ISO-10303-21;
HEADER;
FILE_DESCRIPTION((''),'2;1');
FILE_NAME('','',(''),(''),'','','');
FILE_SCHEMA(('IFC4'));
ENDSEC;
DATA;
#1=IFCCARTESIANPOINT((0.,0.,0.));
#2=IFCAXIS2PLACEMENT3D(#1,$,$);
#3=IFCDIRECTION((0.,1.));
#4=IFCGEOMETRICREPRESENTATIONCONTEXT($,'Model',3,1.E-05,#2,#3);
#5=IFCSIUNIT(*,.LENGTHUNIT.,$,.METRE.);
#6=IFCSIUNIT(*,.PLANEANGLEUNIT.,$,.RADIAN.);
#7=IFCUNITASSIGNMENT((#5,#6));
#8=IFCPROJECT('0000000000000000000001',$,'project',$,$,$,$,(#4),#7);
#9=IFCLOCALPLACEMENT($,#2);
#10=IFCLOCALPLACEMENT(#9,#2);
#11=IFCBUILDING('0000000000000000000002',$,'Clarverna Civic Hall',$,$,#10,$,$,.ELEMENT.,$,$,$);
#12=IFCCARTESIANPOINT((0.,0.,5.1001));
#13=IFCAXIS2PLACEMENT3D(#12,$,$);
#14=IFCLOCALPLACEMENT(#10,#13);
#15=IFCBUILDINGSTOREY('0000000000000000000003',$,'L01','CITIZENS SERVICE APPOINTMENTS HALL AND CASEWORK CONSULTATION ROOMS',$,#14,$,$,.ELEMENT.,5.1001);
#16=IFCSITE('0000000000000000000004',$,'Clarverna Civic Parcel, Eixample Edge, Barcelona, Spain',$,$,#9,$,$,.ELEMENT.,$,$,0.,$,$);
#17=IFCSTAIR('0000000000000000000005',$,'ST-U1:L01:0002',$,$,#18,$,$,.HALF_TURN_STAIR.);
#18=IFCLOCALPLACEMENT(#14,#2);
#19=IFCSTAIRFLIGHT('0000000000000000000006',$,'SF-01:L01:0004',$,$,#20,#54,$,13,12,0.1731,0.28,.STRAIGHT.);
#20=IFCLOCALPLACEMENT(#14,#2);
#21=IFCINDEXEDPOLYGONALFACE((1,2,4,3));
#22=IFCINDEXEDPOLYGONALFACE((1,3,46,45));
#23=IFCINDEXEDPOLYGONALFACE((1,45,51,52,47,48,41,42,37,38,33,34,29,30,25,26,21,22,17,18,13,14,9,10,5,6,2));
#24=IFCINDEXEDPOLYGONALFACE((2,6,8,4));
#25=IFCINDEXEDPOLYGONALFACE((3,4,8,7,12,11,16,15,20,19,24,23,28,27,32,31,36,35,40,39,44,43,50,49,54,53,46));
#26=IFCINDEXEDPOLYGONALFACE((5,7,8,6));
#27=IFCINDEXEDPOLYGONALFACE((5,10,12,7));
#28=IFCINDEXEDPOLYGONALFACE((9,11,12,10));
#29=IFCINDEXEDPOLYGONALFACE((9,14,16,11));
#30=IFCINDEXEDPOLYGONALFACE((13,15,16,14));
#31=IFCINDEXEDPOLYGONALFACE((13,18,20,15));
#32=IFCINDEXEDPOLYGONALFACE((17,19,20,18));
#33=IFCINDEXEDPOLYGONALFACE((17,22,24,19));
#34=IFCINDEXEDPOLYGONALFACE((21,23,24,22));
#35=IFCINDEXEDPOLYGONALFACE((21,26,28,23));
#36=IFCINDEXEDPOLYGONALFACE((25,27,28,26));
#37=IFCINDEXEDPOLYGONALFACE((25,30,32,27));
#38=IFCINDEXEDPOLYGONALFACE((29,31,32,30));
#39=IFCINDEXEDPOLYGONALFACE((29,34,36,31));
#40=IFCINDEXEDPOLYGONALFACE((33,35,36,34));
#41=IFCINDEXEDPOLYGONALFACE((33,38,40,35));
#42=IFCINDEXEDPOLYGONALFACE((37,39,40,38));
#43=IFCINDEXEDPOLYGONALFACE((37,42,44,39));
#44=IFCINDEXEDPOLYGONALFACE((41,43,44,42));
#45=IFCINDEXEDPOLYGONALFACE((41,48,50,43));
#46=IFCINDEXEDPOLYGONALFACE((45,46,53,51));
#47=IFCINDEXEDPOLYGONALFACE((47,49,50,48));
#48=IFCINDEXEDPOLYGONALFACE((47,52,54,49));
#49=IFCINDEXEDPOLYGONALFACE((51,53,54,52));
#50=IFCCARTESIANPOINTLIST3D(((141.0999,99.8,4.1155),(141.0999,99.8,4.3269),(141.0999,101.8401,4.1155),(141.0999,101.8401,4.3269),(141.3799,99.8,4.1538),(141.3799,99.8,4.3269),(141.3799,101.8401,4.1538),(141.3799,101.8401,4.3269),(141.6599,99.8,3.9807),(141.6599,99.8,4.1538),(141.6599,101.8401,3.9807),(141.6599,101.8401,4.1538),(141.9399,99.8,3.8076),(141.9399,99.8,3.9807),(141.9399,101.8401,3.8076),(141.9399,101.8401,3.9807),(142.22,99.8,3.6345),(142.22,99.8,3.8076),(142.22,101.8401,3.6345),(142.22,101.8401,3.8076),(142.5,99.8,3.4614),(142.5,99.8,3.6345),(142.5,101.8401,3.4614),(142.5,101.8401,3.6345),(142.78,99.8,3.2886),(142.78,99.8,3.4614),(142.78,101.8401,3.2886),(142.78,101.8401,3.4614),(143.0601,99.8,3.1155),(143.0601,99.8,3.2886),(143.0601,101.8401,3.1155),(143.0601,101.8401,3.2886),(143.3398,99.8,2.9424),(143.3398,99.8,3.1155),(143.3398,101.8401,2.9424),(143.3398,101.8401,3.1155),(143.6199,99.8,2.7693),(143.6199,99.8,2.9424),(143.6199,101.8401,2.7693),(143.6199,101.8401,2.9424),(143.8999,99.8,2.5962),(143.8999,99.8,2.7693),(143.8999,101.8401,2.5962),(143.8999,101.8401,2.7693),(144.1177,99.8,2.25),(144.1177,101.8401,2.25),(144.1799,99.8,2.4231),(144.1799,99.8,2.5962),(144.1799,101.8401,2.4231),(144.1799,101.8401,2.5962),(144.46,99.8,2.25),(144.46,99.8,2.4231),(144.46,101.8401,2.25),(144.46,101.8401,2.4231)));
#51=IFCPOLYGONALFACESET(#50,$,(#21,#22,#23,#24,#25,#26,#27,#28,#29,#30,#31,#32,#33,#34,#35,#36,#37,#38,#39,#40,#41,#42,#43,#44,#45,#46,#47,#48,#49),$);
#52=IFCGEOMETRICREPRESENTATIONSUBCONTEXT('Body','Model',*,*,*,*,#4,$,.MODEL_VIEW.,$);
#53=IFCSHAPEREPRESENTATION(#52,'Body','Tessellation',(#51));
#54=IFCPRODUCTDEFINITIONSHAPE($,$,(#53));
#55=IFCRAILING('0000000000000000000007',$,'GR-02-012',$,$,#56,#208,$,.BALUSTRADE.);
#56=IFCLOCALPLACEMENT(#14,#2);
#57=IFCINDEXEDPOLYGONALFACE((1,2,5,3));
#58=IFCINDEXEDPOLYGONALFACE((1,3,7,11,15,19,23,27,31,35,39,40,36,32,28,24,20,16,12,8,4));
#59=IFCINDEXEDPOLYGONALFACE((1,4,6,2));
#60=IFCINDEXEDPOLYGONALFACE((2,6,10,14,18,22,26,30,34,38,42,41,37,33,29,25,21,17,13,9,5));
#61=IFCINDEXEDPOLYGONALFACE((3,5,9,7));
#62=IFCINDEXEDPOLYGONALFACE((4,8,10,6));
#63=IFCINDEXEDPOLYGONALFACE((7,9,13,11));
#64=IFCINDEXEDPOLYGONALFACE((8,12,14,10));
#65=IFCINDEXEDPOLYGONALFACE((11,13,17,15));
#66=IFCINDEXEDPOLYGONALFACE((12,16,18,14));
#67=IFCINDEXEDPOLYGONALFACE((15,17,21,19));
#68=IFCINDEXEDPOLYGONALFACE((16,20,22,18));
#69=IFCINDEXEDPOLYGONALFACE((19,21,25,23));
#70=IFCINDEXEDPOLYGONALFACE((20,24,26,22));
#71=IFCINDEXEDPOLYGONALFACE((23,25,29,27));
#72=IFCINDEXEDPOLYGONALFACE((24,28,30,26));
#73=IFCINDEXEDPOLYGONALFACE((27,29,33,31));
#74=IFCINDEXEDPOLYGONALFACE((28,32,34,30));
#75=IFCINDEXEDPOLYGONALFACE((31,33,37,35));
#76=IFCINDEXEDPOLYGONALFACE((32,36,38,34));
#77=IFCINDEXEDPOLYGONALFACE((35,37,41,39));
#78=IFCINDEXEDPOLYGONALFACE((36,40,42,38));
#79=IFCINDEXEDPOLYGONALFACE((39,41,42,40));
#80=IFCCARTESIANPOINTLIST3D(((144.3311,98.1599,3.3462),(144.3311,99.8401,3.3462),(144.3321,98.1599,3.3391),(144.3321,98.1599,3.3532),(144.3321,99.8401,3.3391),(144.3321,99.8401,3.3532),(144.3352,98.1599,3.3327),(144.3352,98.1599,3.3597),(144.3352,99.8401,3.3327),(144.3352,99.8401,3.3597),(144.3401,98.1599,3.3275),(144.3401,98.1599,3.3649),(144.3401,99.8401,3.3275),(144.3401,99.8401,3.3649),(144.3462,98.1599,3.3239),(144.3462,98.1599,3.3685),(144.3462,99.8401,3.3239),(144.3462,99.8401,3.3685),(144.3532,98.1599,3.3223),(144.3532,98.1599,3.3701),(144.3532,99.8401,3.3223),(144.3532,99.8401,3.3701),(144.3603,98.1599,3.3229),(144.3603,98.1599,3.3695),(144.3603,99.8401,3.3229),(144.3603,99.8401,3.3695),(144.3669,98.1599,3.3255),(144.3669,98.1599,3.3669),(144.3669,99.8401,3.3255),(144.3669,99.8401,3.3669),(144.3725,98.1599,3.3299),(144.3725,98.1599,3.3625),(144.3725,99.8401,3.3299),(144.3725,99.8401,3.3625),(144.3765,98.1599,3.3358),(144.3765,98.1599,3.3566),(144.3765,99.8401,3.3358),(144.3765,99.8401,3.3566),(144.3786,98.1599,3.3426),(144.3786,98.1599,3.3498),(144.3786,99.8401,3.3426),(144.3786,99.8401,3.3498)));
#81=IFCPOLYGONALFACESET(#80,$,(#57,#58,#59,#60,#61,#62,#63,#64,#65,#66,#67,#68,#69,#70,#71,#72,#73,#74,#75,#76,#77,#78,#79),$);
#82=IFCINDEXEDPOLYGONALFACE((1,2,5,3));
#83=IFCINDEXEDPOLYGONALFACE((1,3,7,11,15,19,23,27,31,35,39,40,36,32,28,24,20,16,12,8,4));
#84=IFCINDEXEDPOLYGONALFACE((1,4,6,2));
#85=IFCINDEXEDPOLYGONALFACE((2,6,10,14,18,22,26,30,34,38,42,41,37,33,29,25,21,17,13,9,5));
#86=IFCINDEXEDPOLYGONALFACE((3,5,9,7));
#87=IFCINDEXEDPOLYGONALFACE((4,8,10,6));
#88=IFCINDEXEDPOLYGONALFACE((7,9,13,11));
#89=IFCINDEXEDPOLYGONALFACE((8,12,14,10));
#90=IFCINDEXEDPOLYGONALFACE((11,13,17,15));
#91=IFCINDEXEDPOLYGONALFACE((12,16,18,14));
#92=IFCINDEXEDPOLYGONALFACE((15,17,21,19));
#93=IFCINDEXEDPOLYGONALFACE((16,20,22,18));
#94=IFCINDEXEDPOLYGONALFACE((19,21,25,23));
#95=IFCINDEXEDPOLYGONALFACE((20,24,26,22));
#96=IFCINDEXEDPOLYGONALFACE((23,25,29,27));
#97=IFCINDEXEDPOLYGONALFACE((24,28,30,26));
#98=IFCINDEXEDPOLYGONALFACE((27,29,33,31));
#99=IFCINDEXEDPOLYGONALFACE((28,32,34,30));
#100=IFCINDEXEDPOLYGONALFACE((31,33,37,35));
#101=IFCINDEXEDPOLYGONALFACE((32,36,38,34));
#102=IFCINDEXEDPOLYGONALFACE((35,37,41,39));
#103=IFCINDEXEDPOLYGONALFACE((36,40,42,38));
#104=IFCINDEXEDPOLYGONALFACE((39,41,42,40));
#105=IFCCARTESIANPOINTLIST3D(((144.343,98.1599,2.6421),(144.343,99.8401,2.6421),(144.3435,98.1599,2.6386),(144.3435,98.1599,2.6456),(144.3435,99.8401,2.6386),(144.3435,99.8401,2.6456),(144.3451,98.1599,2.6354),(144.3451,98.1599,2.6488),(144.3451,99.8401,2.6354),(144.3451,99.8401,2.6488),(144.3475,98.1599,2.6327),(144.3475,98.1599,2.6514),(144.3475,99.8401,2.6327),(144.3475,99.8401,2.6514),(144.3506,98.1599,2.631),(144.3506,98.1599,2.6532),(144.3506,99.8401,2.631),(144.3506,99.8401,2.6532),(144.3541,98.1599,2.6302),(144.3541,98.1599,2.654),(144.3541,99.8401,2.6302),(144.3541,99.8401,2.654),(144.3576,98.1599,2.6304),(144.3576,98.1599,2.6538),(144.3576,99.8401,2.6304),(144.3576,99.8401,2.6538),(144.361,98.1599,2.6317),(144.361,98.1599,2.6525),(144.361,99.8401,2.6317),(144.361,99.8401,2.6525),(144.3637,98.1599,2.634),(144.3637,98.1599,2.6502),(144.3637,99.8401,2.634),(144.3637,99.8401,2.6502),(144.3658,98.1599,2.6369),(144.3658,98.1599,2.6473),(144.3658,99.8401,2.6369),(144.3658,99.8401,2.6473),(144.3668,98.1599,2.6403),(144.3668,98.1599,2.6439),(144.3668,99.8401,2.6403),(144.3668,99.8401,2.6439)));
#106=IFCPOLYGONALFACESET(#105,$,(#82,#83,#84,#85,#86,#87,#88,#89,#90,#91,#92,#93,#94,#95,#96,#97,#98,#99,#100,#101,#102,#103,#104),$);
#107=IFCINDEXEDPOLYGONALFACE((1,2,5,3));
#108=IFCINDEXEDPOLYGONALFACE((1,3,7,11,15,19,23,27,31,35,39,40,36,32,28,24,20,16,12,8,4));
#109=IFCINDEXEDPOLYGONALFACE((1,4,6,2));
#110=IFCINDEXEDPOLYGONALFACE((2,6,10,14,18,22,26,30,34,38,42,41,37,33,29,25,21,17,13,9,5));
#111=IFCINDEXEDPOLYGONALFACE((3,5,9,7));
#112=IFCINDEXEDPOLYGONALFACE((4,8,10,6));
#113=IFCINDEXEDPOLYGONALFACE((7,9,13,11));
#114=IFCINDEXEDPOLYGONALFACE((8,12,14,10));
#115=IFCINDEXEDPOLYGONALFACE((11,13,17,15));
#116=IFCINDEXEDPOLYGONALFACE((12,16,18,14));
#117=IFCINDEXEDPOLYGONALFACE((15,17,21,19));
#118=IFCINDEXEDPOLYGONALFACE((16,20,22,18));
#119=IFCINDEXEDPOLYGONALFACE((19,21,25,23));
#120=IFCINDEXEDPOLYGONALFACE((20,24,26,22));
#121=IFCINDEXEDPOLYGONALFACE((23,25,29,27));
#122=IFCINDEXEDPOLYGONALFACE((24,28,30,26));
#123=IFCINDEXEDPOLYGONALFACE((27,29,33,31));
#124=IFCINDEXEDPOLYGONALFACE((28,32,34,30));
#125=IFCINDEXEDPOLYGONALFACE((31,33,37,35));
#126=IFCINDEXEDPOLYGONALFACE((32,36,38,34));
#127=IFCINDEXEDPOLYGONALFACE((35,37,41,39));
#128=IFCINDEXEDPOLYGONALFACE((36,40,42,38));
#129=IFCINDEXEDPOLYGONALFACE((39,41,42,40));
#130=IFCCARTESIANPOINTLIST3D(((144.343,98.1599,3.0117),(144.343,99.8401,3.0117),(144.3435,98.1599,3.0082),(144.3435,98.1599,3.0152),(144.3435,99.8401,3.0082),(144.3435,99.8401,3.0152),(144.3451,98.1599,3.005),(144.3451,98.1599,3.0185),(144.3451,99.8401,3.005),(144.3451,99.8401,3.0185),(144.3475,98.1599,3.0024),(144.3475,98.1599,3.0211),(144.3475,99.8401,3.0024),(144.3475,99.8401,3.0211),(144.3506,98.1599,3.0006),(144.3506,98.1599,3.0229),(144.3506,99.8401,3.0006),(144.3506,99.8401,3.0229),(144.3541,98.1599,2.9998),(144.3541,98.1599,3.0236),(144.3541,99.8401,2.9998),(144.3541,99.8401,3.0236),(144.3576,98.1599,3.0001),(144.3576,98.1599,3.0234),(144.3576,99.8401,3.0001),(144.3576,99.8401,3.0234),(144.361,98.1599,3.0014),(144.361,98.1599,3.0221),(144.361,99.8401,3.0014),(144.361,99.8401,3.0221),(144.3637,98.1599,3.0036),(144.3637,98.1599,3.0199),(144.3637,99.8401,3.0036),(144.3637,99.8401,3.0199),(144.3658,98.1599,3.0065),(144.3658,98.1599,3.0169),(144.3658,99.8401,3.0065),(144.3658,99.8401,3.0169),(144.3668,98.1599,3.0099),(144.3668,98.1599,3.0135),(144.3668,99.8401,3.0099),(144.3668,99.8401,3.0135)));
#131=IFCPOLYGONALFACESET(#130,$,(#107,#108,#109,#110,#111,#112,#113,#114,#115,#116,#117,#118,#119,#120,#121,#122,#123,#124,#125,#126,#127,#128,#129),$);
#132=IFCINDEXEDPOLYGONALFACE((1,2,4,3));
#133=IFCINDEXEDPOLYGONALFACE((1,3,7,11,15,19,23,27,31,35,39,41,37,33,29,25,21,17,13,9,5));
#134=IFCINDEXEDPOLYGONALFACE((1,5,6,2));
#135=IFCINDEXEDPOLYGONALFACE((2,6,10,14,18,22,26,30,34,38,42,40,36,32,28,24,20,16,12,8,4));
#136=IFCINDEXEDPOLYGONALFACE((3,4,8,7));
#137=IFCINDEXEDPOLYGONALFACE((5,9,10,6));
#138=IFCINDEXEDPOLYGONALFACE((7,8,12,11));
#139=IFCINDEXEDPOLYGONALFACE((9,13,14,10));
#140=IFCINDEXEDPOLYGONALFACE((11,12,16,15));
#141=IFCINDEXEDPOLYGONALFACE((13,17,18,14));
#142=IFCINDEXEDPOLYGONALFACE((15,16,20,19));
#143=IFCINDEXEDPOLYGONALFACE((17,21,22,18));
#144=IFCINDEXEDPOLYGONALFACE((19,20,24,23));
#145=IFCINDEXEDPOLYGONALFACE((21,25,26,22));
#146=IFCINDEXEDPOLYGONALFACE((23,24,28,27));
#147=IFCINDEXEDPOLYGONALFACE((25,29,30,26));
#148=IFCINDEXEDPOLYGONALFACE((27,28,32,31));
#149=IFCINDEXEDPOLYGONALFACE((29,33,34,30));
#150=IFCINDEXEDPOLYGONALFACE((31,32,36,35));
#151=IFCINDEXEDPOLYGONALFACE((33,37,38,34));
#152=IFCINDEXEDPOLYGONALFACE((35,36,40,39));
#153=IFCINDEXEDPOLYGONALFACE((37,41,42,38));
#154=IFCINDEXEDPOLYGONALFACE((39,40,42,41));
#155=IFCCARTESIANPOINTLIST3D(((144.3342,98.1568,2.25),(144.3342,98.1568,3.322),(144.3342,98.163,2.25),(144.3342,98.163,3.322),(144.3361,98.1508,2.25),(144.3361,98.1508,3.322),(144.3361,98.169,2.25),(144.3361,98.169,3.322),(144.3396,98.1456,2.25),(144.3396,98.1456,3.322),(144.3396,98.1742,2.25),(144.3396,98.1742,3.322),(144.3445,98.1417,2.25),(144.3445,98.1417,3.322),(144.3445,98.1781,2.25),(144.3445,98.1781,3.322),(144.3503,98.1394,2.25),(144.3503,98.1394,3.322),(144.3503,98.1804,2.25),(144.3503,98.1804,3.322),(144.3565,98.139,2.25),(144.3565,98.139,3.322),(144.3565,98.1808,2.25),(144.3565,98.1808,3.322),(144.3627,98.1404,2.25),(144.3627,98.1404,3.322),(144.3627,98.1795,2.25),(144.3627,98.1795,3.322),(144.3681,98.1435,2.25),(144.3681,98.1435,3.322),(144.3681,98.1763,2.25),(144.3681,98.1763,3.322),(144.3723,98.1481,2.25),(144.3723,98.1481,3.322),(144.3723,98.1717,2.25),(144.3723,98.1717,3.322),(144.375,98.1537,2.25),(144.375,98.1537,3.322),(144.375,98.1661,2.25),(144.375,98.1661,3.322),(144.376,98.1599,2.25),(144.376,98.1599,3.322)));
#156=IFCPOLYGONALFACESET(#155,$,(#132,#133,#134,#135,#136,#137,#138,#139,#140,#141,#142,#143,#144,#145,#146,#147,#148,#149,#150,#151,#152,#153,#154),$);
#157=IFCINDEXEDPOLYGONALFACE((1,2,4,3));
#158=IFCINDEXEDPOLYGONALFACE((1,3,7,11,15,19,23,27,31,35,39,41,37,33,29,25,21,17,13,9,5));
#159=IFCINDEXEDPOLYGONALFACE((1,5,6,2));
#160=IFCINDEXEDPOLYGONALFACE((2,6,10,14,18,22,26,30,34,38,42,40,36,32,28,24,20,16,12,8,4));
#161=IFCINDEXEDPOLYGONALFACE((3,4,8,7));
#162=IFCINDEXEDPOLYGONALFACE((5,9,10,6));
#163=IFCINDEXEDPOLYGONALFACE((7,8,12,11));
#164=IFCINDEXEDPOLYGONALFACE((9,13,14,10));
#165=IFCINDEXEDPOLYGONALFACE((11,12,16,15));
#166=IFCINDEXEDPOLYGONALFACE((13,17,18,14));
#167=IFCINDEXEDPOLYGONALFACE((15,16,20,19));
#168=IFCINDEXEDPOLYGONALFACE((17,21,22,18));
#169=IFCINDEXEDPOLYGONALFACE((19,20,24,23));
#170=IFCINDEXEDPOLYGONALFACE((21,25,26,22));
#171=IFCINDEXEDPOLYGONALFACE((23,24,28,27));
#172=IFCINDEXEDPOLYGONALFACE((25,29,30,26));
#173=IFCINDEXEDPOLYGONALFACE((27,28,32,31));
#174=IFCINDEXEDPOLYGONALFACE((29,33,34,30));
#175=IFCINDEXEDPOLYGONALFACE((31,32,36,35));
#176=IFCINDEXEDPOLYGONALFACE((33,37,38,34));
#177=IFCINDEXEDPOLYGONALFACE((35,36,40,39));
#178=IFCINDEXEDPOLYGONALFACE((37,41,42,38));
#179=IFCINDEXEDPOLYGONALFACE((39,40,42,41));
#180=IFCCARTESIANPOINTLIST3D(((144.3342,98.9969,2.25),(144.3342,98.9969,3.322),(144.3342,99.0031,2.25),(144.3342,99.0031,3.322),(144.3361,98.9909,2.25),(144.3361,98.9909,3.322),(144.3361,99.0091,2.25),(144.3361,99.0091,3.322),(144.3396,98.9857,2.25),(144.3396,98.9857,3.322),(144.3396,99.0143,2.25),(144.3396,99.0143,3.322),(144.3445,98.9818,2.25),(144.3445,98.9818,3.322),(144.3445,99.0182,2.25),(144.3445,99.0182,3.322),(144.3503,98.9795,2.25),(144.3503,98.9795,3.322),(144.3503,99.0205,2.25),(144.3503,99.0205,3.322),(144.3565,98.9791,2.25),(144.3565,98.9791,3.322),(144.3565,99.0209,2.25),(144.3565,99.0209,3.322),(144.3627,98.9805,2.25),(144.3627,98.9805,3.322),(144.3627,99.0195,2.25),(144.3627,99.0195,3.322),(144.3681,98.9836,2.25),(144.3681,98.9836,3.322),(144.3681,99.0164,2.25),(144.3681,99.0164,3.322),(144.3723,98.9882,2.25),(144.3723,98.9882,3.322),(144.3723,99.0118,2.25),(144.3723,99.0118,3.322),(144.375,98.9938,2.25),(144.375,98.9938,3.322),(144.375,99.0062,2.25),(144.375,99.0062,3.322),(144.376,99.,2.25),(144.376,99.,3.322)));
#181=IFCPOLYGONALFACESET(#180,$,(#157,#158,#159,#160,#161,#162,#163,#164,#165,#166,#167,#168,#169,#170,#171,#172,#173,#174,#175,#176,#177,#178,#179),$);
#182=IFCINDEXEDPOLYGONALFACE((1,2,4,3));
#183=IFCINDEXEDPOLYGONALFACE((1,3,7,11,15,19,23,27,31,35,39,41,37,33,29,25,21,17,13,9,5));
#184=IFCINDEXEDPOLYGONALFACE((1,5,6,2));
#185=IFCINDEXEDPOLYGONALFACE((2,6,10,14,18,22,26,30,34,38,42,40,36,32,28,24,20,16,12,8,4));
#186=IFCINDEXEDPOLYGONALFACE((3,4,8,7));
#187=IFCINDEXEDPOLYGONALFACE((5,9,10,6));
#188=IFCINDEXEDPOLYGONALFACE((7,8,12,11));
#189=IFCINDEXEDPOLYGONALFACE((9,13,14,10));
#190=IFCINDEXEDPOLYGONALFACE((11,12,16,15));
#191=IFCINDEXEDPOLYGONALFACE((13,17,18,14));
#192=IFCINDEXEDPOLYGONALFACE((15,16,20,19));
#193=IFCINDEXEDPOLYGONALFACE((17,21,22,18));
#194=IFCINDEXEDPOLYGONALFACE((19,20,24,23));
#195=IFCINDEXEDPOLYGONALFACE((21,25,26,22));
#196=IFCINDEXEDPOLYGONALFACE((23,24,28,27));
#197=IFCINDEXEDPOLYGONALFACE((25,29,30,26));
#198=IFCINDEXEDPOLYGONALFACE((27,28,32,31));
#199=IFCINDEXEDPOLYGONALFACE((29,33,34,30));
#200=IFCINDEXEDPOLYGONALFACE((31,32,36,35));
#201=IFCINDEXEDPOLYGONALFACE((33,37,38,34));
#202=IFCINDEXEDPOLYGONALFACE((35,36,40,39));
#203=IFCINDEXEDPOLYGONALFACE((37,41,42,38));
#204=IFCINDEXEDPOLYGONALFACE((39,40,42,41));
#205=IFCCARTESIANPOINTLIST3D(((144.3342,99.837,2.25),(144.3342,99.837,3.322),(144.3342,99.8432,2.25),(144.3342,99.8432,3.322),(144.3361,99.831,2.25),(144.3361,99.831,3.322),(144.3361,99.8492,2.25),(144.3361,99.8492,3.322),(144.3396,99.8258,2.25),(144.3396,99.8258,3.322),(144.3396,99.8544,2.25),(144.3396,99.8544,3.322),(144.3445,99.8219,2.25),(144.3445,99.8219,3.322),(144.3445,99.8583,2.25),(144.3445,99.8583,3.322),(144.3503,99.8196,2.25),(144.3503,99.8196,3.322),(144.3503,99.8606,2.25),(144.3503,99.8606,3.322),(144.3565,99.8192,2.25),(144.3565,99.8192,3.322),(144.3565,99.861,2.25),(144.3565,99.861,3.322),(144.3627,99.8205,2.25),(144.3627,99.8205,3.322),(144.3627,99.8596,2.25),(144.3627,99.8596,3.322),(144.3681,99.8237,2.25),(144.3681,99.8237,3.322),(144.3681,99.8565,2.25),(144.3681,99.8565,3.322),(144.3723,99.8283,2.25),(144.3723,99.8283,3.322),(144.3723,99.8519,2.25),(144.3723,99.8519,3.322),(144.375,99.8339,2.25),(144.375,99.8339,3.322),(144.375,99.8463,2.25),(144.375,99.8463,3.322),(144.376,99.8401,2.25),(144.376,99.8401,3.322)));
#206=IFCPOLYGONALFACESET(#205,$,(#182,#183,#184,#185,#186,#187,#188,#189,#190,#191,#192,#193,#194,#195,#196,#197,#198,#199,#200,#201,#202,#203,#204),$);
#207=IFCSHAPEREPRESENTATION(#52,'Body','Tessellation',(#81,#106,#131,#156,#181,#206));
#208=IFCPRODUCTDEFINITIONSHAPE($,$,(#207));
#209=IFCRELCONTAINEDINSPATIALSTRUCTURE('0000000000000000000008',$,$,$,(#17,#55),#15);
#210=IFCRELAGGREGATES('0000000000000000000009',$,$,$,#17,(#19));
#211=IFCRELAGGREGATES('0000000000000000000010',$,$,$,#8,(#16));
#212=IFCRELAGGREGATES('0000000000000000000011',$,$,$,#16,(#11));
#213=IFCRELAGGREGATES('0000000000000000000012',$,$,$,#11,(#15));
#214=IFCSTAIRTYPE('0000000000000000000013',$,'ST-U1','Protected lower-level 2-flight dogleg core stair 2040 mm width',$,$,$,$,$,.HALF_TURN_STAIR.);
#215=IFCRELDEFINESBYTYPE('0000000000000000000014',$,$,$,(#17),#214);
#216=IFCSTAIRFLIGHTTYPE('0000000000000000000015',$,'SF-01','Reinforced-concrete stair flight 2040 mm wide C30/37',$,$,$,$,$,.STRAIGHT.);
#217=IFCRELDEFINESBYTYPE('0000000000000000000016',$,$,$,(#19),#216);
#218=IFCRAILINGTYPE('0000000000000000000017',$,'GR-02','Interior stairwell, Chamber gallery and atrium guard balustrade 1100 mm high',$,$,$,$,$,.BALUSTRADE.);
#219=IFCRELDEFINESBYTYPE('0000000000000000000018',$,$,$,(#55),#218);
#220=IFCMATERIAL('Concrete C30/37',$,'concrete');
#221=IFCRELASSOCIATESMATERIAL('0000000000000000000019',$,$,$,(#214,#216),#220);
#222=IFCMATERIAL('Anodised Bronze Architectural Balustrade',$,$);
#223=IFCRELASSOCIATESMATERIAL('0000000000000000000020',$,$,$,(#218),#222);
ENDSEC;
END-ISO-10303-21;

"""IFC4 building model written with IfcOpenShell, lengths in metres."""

from ifc_helpers import new_model, si_unit, direction, frame, origin, origin_2d, place, context, subcontext, project, spatial, polyline, circle, outline, extrude, material, type_object, element, aggregate, save


model = new_model("IFC4")

# Units and contexts
model_context = context("Model", 3, precision=1e-05, world=origin(), true_north=direction((0.0, 1.0)))
body_context = subcontext(model_context, "Body", "Model", "MODEL_VIEW")
ifc_project = project(units=[si_unit("LENGTHUNIT", "METRE"), si_unit("PLANEANGLEUNIT", "RADIAN")], contexts=[model_context])

# Site, building, storey
site_placement = place(None, origin())
site = spatial("IfcSite", under=ifc_project, at=site_placement, Name="Clarverna Civic Parcel, Eixample Edge, Barcelona, Spain", CompositionType="ELEMENT", RefElevation=0.0)
building_placement = place(site_placement, origin())
building = spatial("IfcBuilding", under=site, at=building_placement, Name="Clarverna Civic Hall", CompositionType="ELEMENT")
storey_placement = place(building_placement, frame((0.0, 0.0, 5.1001)))
storey = spatial("IfcBuildingStorey", under=building, at=storey_placement, Name="L01", Description="CITIZENS SERVICE APPOINTMENTS HALL AND CASEWORK CONSULTATION ROOMS", CompositionType="ELEMENT", Elevation=5.1001)

# Stair, stair flight
ifc_material_1 = material(Name="Concrete C30/37", Category="concrete")
stair_type = type_object("IfcStairType", Name="ST-U1", Description="Protected lower-level 2-flight dogleg core stair 2040 mm width", PredefinedType="HALF_TURN_STAIR", material=ifc_material_1)
stair_placement = place(storey_placement, origin())
stair = element("IfcStair", 1, at=stair_placement, inside=storey, type_object=stair_type, Name="ST-U1:L01:0002", PredefinedType="HALF_TURN_STAIR")
stair_flight_type = type_object("IfcStairFlightType", Name="SF-01", Description="Reinforced-concrete stair flight 2040 mm wide C30/37", PredefinedType="STRAIGHT", material=ifc_material_1)
stair_flight_placement = place(storey_placement, frame((144.46, 100.8201, 2.25), z_axis=(0.0, 0.0, 1.0), x_axis=(-1.0, 0.0, 0.0)))
stair_flight = element("IfcStairFlight", 2, at=stair_flight_placement, type_object=stair_flight_type, Name="SF-01:L01:0004", NumberOfRisers=13, NumberOfTreads=12, PredefinedType="STRAIGHT", RiserHeight=0.1731, TreadLength=0.28, context=body_context, shape_type="SweptSolid", body=[
    extrude(outline(polyline([(0.0, 0.0), (0.0, 0.1731), (0.28, 0.1731), (0.28, 0.3462), (0.5601, 0.3462), (0.5601, 0.5193), (0.8401, 0.5193), (0.8401, 0.6924), (1.1201, 0.6924), (1.1201, 0.8655), (1.3999, 0.8655), (1.3999, 1.0386), (1.6799, 1.0386), (1.6799, 1.2114), (1.96, 1.2114), (1.96, 1.3845), (2.24, 1.3845), (2.24, 1.5576), (2.52, 1.5576), (2.52, 1.7307), (2.8, 1.7307), (2.8, 1.9038), (3.0801, 1.9038), (3.0801, 2.0769), (3.3601, 2.0769), (3.3601, 2.25), (3.3601, 1.8655), (0.3423, 0.0), (0.0, 0.0)])), frame((0.0, 1.02, 0.0), z_axis=(0.0, -1.0, 0.0), x_axis=(1.0, 0.0, 0.0)), (0.0, 0.0, 1.0), 2.04),
])
aggregate(stair, [stair_flight])

# Railing
ifc_material_2 = material(Name="Anodised Bronze Architectural Balustrade")
railing_type_1 = type_object("IfcRailingType", Name="GR-02", Description="Interior stairwell, Chamber gallery and atrium guard balustrade 1100 mm high", PredefinedType="BALUSTRADE", material=ifc_material_2)
railing_1_placement = place(storey_placement, frame((144.355, 98.1599, 2.25)))
element("IfcRailing", 3, at=railing_1_placement, inside=storey, type_object=railing_type_1, Name="GR-02-012", PredefinedType="BALUSTRADE", context=body_context, shape_type="SweptSolid", body=[
    extrude(circle(Radius=0.0239, at=origin_2d()), frame((0.0, 0.0, 1.0962), z_axis=(0.0, 1.0, 0.0), x_axis=(-1.0, 0.0, 0.0)), (0.0, 0.0, 1.0), 1.6802),
    extrude(circle(Radius=0.012, at=origin_2d()), frame((0.0, 0.0, 0.3921), z_axis=(0.0, 1.0, 0.0), x_axis=(-1.0, 0.0, 0.0)), (0.0, 0.0, 1.0), 1.6802),
    extrude(circle(Radius=0.012, at=origin_2d()), frame((0.0, 0.0, 0.7617), z_axis=(0.0, 1.0, 0.0), x_axis=(-1.0, 0.0, 0.0)), (0.0, 0.0, 1.0), 1.6802),
    extrude(circle(Radius=0.021, at=origin_2d()), origin(), (0.0, 0.0, 1.0), 1.072),
    extrude(circle(Radius=0.021, at=origin_2d()), frame((0.0, 0.8401, 0.0)), (0.0, 0.0, 1.0), 1.072),
    extrude(circle(Radius=0.021, at=origin_2d()), frame((0.0, 1.6802, 0.0)), (0.0, 0.0, 1.0), 1.072),
])

save(model, "model.ifc")
